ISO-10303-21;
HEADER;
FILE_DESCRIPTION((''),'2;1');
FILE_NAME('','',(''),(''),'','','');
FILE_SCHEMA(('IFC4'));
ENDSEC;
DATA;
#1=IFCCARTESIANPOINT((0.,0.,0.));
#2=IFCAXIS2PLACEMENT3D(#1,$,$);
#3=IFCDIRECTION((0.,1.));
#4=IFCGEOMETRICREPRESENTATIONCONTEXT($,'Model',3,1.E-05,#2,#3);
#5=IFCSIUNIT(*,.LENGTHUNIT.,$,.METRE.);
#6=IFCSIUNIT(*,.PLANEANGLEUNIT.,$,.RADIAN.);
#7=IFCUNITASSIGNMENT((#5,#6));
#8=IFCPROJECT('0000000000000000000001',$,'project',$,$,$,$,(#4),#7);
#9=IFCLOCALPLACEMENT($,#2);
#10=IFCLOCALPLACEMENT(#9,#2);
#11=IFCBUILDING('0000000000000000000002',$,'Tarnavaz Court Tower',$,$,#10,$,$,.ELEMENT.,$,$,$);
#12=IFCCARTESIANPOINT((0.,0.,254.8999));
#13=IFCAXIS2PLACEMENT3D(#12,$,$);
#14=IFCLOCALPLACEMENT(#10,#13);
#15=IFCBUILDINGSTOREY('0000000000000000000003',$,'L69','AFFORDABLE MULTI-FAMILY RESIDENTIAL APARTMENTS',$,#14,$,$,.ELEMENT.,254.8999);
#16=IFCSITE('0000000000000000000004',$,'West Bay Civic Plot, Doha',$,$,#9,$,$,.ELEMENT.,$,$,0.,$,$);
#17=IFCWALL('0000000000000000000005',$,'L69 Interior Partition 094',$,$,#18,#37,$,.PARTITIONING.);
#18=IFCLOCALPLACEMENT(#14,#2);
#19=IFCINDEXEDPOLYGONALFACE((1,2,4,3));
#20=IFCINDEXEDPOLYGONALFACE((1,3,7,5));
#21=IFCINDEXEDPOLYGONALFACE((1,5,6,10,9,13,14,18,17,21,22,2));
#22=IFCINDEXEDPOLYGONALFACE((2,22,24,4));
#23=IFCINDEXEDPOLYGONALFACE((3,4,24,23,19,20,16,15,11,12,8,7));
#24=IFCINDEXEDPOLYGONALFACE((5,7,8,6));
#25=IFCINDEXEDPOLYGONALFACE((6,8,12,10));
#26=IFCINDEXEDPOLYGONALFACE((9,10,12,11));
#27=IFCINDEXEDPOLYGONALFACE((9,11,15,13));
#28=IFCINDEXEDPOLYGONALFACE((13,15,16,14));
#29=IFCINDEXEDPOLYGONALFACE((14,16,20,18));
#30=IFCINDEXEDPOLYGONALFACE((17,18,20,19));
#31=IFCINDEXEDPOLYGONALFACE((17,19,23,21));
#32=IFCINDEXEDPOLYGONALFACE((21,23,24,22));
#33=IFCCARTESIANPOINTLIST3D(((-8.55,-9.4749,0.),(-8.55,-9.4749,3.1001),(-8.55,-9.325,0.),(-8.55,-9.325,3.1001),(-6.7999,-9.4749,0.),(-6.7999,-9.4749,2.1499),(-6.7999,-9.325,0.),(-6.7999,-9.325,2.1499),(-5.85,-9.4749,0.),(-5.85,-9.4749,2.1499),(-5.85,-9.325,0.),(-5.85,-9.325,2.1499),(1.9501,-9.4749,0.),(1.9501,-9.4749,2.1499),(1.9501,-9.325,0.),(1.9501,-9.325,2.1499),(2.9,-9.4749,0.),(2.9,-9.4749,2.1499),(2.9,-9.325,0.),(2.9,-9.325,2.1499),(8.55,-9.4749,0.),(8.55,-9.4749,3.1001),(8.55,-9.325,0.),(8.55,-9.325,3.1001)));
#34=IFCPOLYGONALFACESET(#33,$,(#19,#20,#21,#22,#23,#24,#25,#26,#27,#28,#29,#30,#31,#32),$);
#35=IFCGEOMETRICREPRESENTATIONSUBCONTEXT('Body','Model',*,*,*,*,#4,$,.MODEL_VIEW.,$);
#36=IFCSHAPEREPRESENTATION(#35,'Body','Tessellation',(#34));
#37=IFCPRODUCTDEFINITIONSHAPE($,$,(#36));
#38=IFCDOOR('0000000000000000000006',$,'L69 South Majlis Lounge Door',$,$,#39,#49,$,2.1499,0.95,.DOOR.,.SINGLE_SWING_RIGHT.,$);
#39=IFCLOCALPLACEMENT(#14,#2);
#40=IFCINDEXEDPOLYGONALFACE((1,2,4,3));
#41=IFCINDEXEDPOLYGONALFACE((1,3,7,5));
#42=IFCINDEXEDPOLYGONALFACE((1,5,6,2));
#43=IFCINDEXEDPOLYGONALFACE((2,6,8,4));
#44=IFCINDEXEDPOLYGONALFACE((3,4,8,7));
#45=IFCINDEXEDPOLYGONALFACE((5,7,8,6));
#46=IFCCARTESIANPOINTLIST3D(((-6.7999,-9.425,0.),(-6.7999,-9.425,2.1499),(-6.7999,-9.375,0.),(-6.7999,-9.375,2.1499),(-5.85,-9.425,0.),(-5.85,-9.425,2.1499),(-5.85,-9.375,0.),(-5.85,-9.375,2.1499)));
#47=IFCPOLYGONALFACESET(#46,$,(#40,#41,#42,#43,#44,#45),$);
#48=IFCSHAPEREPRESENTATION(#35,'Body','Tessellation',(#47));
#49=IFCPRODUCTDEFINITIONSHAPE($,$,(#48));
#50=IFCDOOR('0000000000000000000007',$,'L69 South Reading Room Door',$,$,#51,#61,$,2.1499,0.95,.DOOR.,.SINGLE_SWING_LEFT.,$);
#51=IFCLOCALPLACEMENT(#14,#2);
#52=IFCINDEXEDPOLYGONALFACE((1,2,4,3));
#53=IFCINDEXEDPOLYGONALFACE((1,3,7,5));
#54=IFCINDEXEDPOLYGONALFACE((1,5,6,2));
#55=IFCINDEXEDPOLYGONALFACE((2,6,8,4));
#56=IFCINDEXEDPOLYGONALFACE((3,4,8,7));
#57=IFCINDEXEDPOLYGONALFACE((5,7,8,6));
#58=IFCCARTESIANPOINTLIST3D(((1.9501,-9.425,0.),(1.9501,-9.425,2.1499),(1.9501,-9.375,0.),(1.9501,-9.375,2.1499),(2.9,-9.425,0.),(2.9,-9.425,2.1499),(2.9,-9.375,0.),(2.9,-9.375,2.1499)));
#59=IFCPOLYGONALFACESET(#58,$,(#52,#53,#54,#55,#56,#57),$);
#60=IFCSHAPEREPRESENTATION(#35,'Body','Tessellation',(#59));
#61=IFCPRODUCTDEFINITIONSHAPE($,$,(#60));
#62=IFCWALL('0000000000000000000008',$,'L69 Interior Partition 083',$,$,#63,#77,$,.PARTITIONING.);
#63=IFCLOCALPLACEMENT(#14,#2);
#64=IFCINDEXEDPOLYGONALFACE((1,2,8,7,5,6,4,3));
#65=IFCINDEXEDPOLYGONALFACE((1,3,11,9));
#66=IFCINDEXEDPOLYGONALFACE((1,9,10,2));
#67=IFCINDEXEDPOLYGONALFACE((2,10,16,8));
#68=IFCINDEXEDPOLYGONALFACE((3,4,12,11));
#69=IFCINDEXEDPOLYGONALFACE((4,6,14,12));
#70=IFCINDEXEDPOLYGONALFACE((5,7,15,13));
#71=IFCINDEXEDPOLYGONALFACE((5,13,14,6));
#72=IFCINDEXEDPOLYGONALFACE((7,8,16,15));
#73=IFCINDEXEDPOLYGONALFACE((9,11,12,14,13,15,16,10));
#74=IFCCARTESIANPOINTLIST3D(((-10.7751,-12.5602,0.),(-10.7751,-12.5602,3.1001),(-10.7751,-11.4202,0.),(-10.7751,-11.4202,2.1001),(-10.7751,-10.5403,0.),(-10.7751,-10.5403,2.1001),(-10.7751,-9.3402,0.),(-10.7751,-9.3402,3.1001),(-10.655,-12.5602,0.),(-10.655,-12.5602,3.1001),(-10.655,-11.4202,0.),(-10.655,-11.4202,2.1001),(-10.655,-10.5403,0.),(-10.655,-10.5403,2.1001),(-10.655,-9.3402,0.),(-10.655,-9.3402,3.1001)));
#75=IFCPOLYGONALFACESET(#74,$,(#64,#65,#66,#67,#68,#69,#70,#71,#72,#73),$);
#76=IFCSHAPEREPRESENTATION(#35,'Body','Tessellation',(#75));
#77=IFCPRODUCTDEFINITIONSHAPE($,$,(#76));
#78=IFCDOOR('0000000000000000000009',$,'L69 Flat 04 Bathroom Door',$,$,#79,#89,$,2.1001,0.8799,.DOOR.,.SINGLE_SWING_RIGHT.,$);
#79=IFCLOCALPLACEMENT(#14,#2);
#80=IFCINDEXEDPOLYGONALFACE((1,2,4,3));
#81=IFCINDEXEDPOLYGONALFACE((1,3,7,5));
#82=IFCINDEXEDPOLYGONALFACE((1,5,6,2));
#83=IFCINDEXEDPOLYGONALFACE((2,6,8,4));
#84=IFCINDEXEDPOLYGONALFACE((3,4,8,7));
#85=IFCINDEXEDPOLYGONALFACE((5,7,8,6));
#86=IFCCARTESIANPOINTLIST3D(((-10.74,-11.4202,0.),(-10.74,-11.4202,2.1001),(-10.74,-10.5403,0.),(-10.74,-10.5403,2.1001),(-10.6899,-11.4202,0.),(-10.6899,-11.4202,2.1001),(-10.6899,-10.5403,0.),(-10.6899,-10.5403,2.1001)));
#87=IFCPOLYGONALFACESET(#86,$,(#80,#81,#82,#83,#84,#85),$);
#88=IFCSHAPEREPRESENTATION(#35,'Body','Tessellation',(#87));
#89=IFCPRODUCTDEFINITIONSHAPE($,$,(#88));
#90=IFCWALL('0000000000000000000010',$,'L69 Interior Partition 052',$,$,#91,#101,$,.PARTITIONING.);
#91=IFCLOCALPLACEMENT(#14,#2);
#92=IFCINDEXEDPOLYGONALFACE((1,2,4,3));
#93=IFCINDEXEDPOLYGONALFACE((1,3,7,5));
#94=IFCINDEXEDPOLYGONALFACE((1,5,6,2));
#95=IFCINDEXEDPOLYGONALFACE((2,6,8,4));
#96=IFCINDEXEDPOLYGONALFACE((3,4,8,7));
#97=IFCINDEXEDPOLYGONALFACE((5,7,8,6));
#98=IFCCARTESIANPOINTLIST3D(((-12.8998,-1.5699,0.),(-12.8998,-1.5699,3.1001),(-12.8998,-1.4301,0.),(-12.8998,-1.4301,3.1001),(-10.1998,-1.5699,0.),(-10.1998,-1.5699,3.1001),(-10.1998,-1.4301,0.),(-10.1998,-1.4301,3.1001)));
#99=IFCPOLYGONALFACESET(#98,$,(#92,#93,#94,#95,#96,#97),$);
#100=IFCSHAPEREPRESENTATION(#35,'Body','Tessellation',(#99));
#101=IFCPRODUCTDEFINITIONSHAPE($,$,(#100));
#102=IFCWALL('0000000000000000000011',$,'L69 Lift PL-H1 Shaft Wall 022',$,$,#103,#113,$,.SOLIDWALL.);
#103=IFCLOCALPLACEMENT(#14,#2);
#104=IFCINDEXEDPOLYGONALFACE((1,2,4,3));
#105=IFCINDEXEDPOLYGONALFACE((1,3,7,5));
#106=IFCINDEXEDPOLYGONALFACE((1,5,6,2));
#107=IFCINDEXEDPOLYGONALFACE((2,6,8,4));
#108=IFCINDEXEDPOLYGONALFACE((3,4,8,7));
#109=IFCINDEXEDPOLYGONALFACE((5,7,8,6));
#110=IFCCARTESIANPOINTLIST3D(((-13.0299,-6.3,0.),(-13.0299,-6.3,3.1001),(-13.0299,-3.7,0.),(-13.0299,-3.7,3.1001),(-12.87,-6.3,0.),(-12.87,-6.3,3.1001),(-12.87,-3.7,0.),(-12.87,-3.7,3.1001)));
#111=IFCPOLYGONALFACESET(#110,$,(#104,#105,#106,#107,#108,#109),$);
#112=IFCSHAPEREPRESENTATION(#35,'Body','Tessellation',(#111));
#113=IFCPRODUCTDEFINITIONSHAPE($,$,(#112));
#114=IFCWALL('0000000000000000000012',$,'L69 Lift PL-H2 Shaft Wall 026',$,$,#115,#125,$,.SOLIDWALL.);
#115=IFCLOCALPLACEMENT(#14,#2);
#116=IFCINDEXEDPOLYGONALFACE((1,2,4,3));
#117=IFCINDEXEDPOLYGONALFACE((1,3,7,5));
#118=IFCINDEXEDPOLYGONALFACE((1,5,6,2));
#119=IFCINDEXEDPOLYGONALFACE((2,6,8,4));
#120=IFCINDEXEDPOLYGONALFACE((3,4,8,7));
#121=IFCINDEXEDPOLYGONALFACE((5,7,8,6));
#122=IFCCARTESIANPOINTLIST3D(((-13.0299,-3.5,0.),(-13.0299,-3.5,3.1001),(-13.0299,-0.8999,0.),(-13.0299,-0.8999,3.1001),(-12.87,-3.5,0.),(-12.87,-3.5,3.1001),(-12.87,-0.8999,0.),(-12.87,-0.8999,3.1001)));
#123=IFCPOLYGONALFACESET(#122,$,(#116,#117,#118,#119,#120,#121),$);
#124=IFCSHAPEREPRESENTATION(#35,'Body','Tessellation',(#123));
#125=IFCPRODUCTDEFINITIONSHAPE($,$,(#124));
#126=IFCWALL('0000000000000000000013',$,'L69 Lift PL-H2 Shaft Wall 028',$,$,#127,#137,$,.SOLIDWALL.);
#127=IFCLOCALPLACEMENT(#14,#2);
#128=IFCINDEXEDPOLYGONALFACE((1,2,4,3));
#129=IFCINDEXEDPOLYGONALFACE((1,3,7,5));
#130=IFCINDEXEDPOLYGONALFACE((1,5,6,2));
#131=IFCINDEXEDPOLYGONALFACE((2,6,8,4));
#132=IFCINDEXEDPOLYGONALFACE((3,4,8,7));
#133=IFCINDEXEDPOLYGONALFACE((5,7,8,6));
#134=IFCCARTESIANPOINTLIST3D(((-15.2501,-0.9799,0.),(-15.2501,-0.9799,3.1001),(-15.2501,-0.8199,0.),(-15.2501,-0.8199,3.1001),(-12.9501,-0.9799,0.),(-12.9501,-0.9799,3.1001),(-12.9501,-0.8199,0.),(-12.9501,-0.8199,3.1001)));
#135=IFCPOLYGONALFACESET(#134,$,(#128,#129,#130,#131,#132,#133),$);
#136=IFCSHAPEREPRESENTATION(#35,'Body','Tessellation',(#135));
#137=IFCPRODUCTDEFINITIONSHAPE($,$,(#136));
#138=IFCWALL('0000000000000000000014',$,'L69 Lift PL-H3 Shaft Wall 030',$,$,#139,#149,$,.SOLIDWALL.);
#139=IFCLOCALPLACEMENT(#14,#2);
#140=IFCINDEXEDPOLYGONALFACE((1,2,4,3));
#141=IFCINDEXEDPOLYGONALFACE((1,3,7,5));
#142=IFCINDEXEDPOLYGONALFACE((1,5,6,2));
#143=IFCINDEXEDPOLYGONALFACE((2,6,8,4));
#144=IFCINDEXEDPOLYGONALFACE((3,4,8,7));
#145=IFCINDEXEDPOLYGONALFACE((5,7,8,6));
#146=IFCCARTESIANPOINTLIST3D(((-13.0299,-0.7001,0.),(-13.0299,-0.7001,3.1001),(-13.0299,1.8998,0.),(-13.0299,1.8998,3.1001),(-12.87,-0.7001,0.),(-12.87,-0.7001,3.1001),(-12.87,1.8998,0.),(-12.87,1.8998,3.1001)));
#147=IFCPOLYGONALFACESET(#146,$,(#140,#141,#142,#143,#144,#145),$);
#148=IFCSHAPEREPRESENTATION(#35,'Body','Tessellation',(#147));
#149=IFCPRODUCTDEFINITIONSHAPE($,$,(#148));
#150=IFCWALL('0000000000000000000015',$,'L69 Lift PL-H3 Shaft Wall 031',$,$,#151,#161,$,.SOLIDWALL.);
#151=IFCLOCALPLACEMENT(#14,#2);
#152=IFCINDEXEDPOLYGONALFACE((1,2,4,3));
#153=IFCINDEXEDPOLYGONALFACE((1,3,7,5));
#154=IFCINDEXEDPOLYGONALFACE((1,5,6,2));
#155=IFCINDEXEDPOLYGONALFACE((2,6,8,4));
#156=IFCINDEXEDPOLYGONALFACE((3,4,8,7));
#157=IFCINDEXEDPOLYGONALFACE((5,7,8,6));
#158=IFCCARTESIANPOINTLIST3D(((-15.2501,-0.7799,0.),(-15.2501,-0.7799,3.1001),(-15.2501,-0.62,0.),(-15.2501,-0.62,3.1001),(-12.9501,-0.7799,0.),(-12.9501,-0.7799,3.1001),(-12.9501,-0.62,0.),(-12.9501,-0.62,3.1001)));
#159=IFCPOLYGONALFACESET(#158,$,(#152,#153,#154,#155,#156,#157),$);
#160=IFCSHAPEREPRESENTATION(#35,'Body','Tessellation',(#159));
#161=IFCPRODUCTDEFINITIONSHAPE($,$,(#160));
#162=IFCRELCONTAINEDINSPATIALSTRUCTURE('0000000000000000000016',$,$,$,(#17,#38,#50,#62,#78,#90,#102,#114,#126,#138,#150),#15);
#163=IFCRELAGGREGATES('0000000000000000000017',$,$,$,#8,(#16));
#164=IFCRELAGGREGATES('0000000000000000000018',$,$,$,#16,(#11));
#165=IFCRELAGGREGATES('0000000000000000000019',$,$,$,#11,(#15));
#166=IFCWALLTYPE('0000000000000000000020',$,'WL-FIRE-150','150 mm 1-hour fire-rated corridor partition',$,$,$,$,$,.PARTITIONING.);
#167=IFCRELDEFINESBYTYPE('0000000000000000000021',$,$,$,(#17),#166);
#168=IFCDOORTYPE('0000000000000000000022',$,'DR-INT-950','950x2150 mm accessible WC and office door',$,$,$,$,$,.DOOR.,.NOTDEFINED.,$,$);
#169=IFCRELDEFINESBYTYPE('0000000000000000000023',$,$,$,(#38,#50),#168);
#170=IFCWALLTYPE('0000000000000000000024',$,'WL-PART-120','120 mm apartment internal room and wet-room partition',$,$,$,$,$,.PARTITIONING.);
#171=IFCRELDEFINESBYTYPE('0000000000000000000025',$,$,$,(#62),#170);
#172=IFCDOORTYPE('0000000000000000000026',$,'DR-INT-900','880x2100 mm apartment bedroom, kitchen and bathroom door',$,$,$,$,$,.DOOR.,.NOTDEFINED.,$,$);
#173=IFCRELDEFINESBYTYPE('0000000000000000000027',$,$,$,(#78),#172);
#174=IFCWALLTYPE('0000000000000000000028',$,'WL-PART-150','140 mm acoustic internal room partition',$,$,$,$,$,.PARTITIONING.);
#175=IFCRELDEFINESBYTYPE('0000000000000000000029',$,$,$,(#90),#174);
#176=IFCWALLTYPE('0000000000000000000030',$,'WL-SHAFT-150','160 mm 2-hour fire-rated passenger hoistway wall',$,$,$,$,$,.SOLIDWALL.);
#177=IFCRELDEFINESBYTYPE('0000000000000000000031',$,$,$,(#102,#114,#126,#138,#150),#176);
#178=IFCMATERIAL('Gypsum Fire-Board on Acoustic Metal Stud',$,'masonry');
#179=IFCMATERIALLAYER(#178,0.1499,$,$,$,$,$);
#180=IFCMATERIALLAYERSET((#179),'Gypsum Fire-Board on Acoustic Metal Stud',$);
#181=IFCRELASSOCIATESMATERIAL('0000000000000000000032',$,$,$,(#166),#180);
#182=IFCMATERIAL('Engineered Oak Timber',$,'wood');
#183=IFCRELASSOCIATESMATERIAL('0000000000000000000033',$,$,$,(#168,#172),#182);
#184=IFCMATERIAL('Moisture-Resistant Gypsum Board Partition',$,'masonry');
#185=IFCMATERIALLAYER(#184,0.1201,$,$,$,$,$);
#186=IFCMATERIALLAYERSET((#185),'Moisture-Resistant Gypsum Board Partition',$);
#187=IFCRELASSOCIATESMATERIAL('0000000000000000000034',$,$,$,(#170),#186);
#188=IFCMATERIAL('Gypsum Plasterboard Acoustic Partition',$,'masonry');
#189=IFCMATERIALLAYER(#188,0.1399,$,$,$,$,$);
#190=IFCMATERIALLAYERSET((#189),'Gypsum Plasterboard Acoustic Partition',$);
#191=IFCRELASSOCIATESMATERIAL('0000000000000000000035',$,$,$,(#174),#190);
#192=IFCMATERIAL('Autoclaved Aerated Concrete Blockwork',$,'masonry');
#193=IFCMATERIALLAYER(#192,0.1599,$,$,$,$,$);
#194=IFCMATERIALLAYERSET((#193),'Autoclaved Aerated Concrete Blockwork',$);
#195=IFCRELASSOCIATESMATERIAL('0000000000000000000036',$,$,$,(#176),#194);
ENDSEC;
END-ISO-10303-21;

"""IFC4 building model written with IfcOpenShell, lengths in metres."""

from ifc_helpers import new_model, si_unit, direction, frame, frame_2d, origin, place, context, subcontext, project, spatial, rectangle, extrude, material, layer, layer_set, type_object, element, fill, save


model = new_model("IFC4")

# Units and contexts
model_context = context("Model", 3, precision=1e-05, world=origin(), true_north=direction((0.0, 1.0)))
body_context = subcontext(model_context, "Body", "Model", "MODEL_VIEW")
ifc_project = project(units=[si_unit("LENGTHUNIT", "METRE"), si_unit("PLANEANGLEUNIT", "RADIAN")], contexts=[model_context])

# Site, building, storey
site_placement = place(None, origin())
site = spatial("IfcSite", under=ifc_project, at=site_placement, Name="West Bay Civic Plot, Doha", CompositionType="ELEMENT", RefElevation=0.0)
building_placement = place(site_placement, origin())
building = spatial("IfcBuilding", under=site, at=building_placement, Name="Tarnavaz Court Tower", CompositionType="ELEMENT")
storey_placement = place(building_placement, frame((0.0, 0.0, 254.8999)))
storey = spatial("IfcBuildingStorey", under=building, at=storey_placement, Name="L69", Description="AFFORDABLE MULTI-FAMILY RESIDENTIAL APARTMENTS", CompositionType="ELEMENT", Elevation=254.8999)

# Wall, openings, doors
ifc_material_1 = material(Name="Gypsum Fire-Board on Acoustic Metal Stud", Category="masonry")
ifc_layer_1 = layer(ifc_material_1, 0.1499)
ifc_layer_set_1 = layer_set([ifc_layer_1], Name="Gypsum Fire-Board on Acoustic Metal Stud")
wall_type_1 = type_object("IfcWallType", Name="WL-FIRE-150", Description="150 mm 1-hour fire-rated corridor partition", PredefinedType="PARTITIONING", material=ifc_layer_set_1)
wall_1_placement = place(storey_placement, frame((-8.55, -9.3999, 0.0), z_axis=(0.0, 0.0, 1.0), x_axis=(1.0, 0.0, 0.0)))
wall_1 = element("IfcWall", 1, at=wall_1_placement, inside=storey, type_object=wall_type_1, Name="L69 Interior Partition 094", PredefinedType="PARTITIONING", context=body_context, shape_type="SweptSolid", body=[
    extrude(rectangle(XDim=17.1001, YDim=0.1499, at=frame_2d((8.55, 0.0))), origin(), (0.0, 0.0, 1.0), 3.1001),
])
opening_1_placement = place(wall_1_placement, frame((1.75, 0.0, 0.0)))
opening_1 = element("IfcOpeningElement", 2, at=opening_1_placement, cuts=wall_1, PredefinedType="OPENING", context=body_context, shape_type="SweptSolid", body=[
    extrude(rectangle(XDim=0.95, YDim=2.1499, at=frame_2d((0.4751, 1.075))), frame((0.0, 0.085, 0.0), z_axis=(0.0, -1.0, 0.0), x_axis=(1.0, 0.0, 0.0)), (0.0, 0.0, 1.0), 0.1699),
])
opening_2_placement = place(wall_1_placement, frame((10.5, 0.0, 0.0)))
opening_2 = element("IfcOpeningElement", 3, at=opening_2_placement, cuts=wall_1, PredefinedType="OPENING", context=body_context, shape_type="SweptSolid", body=[
    extrude(rectangle(XDim=0.95, YDim=2.1499, at=frame_2d((0.4751, 1.075))), frame((0.0, 0.085, 0.0), z_axis=(0.0, -1.0, 0.0), x_axis=(1.0, 0.0, 0.0)), (0.0, 0.0, 1.0), 0.1699),
])
ifc_material_2 = material(Name="Engineered Oak Timber", Category="wood")
door_type_1 = type_object("IfcDoorType", Name="DR-INT-950", Description="950x2150 mm accessible WC and office door", OperationType="NOTDEFINED", PredefinedType="DOOR", material=ifc_material_2)
door_1_placement = place(opening_1_placement, origin())
door_1 = element("IfcDoor", 4, at=door_1_placement, inside=storey, type_object=door_type_1, Name="L69 South Majlis Lounge Door", OperationType="SINGLE_SWING_RIGHT", OverallHeight=2.1499, OverallWidth=0.95, PredefinedType="DOOR", context=body_context, shape_type="SweptSolid", body=[
    extrude(rectangle(XDim=0.95, YDim=2.1499, at=frame_2d((0.4751, 1.075))), frame((0.0, 0.0249, 0.0), z_axis=(0.0, -1.0, 0.0), x_axis=(1.0, 0.0, 0.0)), (0.0, 0.0, 1.0), 0.05),
])
fill(opening_1, door_1)
door_2_placement = place(opening_2_placement, origin())
door_2 = element("IfcDoor", 5, at=door_2_placement, inside=storey, type_object=door_type_1, Name="L69 South Reading Room Door", OperationType="SINGLE_SWING_LEFT", OverallHeight=2.1499, OverallWidth=0.95, PredefinedType="DOOR", context=body_context, shape_type="SweptSolid", body=[
    extrude(rectangle(XDim=0.95, YDim=2.1499, at=frame_2d((0.4751, 1.075))), frame((0.0, 0.0249, 0.0), z_axis=(0.0, -1.0, 0.0), x_axis=(1.0, 0.0, 0.0)), (0.0, 0.0, 1.0), 0.05),
])
fill(opening_2, door_2)

# Wall, opening, door
ifc_material_3 = material(Name="Moisture-Resistant Gypsum Board Partition", Category="masonry")
ifc_layer_2 = layer(ifc_material_3, 0.1201)
ifc_layer_set_2 = layer_set([ifc_layer_2], Name="Moisture-Resistant Gypsum Board Partition")
wall_type_2 = type_object("IfcWallType", Name="WL-PART-120", Description="120 mm apartment internal room and wet-room partition", PredefinedType="PARTITIONING", material=ifc_layer_set_2)
wall_2_placement = place(storey_placement, frame((-10.7151, -12.5601, 0.0), z_axis=(0.0, 0.0, 1.0), x_axis=(0.0, 1.0, 0.0)))
wall_2 = element("IfcWall", 6, at=wall_2_placement, inside=storey, type_object=wall_type_2, Name="L69 Interior Partition 083", PredefinedType="PARTITIONING", context=body_context, shape_type="SweptSolid", body=[
    extrude(rectangle(XDim=3.22, YDim=0.1201, at=frame_2d((1.6099, 0.0))), origin(), (0.0, 0.0, 1.0), 3.1001),
])
opening_3_placement = place(wall_2_placement, frame((1.1399, 0.0, 0.0)))
opening_3 = element("IfcOpeningElement", 7, at=opening_3_placement, cuts=wall_2, PredefinedType="OPENING", context=body_context, shape_type="SweptSolid", body=[
    extrude(rectangle(XDim=0.8799, YDim=2.1001, at=frame_2d((0.4399, 1.05))), frame((0.0, 0.0701, 0.0), z_axis=(0.0, -1.0, 0.0), x_axis=(1.0, 0.0, 0.0)), (0.0, 0.0, 1.0), 0.1401),
])
door_type_2 = type_object("IfcDoorType", Name="DR-INT-900", Description="880x2100 mm apartment bedroom, kitchen and bathroom door", OperationType="NOTDEFINED", PredefinedType="DOOR", material=ifc_material_2)
door_3_placement = place(opening_3_placement, origin())
door_3 = element("IfcDoor", 8, at=door_3_placement, inside=storey, type_object=door_type_2, Name="L69 Flat 04 Bathroom Door", OperationType="SINGLE_SWING_RIGHT", OverallHeight=2.1001, OverallWidth=0.8799, PredefinedType="DOOR", context=body_context, shape_type="SweptSolid", body=[
    extrude(rectangle(XDim=0.8799, YDim=2.1001, at=frame_2d((0.4399, 1.05))), frame((0.0, 0.0249, 0.0), z_axis=(0.0, -1.0, 0.0), x_axis=(1.0, 0.0, 0.0)), (0.0, 0.0, 1.0), 0.05),
])
fill(opening_3, door_3)

# Shared definitions
ifc_material_4 = material(Name="Gypsum Plasterboard Acoustic Partition", Category="masonry")
ifc_layer_3 = layer(ifc_material_4, 0.1399)
ifc_layer_set_3 = layer_set([ifc_layer_3], Name="Gypsum Plasterboard Acoustic Partition")
wall_type_3 = type_object("IfcWallType", Name="WL-PART-150", Description="140 mm acoustic internal room partition", PredefinedType="PARTITIONING", material=ifc_layer_set_3)

# Walls
wall_3_placement = place(storey_placement, frame((-12.8999, -1.5, 0.0), z_axis=(0.0, 0.0, 1.0), x_axis=(1.0, 0.0, 0.0)))
element("IfcWall", 9, at=wall_3_placement, inside=storey, type_object=wall_type_3, Name="L69 Interior Partition 052", PredefinedType="PARTITIONING", context=body_context, shape_type="SweptSolid", body=[
    extrude(rectangle(XDim=2.7, YDim=0.1399, at=frame_2d((1.3501, 0.0))), origin(), (0.0, 0.0, 1.0), 3.1001),
])
ifc_material_5 = material(Name="Autoclaved Aerated Concrete Blockwork", Category="masonry")
ifc_layer_4 = layer(ifc_material_5, 0.1599)
ifc_layer_set_4 = layer_set([ifc_layer_4], Name="Autoclaved Aerated Concrete Blockwork")
wall_type_4 = type_object("IfcWallType", Name="WL-SHAFT-150", Description="160 mm 2-hour fire-rated passenger hoistway wall", PredefinedType="SOLIDWALL", material=ifc_layer_set_4)
for number, where, z_axis, x_axis, name in (
    (10, (-12.95, -6.3, 0.0), (0.0, 0.0, 1.0), (0.0, 1.0, 0.0), "L69 Lift PL-H1 Shaft Wall 022"),
    (11, (-12.95, -3.5, 0.0), (0.0, 0.0, 1.0), (0.0, 1.0, 0.0), "L69 Lift PL-H2 Shaft Wall 026"),
):
    element("IfcWall", number, at=place(storey_placement, frame(where, z_axis=z_axis, x_axis=x_axis)), inside=storey, type_object=wall_type_4, Name=name, PredefinedType="SOLIDWALL", context=body_context, shape_type="SweptSolid", body=[
        extrude(rectangle(XDim=2.6001, YDim=0.1599, at=frame_2d((1.3, 0.0))), origin(), (0.0, 0.0, 1.0), 3.1001),
    ])
wall_4_placement = place(storey_placement, frame((-15.25, -0.8999, 0.0), z_axis=(0.0, 0.0, 1.0), x_axis=(1.0, 0.0, 0.0)))
element("IfcWall", 12, at=wall_4_placement, inside=storey, type_object=wall_type_4, Name="L69 Lift PL-H2 Shaft Wall 028", PredefinedType="SOLIDWALL", context=body_context, shape_type="SweptSolid", body=[
    extrude(rectangle(XDim=2.3, YDim=0.1599, at=frame_2d((1.1499, 0.0))), origin(), (0.0, 0.0, 1.0), 3.1001),
])

# Walls
wall_5_placement = place(storey_placement, frame((-12.95, -0.7, 0.0), z_axis=(0.0, 0.0, 1.0), x_axis=(0.0, 1.0, 0.0)))
element("IfcWall", 13, at=wall_5_placement, inside=storey, type_object=wall_type_4, Name="L69 Lift PL-H3 Shaft Wall 030", PredefinedType="SOLIDWALL", context=body_context, shape_type="SweptSolid", body=[
    extrude(rectangle(XDim=2.5999, YDim=0.1599, at=frame_2d((1.2998, 0.0))), origin(), (0.0, 0.0, 1.0), 3.1001),
])
wall_6_placement = place(storey_placement, frame((-15.25, -0.7, 0.0), z_axis=(0.0, 0.0, 1.0), x_axis=(1.0, 0.0, 0.0)))
element("IfcWall", 14, at=wall_6_placement, inside=storey, type_object=wall_type_4, Name="L69 Lift PL-H3 Shaft Wall 031", PredefinedType="SOLIDWALL", context=body_context, shape_type="SweptSolid", body=[
    extrude(rectangle(XDim=2.3, YDim=0.1599, at=frame_2d((1.1499, 0.0))), origin(), (0.0, 0.0, 1.0), 3.1001),
])

save(model, "model.ifc")
